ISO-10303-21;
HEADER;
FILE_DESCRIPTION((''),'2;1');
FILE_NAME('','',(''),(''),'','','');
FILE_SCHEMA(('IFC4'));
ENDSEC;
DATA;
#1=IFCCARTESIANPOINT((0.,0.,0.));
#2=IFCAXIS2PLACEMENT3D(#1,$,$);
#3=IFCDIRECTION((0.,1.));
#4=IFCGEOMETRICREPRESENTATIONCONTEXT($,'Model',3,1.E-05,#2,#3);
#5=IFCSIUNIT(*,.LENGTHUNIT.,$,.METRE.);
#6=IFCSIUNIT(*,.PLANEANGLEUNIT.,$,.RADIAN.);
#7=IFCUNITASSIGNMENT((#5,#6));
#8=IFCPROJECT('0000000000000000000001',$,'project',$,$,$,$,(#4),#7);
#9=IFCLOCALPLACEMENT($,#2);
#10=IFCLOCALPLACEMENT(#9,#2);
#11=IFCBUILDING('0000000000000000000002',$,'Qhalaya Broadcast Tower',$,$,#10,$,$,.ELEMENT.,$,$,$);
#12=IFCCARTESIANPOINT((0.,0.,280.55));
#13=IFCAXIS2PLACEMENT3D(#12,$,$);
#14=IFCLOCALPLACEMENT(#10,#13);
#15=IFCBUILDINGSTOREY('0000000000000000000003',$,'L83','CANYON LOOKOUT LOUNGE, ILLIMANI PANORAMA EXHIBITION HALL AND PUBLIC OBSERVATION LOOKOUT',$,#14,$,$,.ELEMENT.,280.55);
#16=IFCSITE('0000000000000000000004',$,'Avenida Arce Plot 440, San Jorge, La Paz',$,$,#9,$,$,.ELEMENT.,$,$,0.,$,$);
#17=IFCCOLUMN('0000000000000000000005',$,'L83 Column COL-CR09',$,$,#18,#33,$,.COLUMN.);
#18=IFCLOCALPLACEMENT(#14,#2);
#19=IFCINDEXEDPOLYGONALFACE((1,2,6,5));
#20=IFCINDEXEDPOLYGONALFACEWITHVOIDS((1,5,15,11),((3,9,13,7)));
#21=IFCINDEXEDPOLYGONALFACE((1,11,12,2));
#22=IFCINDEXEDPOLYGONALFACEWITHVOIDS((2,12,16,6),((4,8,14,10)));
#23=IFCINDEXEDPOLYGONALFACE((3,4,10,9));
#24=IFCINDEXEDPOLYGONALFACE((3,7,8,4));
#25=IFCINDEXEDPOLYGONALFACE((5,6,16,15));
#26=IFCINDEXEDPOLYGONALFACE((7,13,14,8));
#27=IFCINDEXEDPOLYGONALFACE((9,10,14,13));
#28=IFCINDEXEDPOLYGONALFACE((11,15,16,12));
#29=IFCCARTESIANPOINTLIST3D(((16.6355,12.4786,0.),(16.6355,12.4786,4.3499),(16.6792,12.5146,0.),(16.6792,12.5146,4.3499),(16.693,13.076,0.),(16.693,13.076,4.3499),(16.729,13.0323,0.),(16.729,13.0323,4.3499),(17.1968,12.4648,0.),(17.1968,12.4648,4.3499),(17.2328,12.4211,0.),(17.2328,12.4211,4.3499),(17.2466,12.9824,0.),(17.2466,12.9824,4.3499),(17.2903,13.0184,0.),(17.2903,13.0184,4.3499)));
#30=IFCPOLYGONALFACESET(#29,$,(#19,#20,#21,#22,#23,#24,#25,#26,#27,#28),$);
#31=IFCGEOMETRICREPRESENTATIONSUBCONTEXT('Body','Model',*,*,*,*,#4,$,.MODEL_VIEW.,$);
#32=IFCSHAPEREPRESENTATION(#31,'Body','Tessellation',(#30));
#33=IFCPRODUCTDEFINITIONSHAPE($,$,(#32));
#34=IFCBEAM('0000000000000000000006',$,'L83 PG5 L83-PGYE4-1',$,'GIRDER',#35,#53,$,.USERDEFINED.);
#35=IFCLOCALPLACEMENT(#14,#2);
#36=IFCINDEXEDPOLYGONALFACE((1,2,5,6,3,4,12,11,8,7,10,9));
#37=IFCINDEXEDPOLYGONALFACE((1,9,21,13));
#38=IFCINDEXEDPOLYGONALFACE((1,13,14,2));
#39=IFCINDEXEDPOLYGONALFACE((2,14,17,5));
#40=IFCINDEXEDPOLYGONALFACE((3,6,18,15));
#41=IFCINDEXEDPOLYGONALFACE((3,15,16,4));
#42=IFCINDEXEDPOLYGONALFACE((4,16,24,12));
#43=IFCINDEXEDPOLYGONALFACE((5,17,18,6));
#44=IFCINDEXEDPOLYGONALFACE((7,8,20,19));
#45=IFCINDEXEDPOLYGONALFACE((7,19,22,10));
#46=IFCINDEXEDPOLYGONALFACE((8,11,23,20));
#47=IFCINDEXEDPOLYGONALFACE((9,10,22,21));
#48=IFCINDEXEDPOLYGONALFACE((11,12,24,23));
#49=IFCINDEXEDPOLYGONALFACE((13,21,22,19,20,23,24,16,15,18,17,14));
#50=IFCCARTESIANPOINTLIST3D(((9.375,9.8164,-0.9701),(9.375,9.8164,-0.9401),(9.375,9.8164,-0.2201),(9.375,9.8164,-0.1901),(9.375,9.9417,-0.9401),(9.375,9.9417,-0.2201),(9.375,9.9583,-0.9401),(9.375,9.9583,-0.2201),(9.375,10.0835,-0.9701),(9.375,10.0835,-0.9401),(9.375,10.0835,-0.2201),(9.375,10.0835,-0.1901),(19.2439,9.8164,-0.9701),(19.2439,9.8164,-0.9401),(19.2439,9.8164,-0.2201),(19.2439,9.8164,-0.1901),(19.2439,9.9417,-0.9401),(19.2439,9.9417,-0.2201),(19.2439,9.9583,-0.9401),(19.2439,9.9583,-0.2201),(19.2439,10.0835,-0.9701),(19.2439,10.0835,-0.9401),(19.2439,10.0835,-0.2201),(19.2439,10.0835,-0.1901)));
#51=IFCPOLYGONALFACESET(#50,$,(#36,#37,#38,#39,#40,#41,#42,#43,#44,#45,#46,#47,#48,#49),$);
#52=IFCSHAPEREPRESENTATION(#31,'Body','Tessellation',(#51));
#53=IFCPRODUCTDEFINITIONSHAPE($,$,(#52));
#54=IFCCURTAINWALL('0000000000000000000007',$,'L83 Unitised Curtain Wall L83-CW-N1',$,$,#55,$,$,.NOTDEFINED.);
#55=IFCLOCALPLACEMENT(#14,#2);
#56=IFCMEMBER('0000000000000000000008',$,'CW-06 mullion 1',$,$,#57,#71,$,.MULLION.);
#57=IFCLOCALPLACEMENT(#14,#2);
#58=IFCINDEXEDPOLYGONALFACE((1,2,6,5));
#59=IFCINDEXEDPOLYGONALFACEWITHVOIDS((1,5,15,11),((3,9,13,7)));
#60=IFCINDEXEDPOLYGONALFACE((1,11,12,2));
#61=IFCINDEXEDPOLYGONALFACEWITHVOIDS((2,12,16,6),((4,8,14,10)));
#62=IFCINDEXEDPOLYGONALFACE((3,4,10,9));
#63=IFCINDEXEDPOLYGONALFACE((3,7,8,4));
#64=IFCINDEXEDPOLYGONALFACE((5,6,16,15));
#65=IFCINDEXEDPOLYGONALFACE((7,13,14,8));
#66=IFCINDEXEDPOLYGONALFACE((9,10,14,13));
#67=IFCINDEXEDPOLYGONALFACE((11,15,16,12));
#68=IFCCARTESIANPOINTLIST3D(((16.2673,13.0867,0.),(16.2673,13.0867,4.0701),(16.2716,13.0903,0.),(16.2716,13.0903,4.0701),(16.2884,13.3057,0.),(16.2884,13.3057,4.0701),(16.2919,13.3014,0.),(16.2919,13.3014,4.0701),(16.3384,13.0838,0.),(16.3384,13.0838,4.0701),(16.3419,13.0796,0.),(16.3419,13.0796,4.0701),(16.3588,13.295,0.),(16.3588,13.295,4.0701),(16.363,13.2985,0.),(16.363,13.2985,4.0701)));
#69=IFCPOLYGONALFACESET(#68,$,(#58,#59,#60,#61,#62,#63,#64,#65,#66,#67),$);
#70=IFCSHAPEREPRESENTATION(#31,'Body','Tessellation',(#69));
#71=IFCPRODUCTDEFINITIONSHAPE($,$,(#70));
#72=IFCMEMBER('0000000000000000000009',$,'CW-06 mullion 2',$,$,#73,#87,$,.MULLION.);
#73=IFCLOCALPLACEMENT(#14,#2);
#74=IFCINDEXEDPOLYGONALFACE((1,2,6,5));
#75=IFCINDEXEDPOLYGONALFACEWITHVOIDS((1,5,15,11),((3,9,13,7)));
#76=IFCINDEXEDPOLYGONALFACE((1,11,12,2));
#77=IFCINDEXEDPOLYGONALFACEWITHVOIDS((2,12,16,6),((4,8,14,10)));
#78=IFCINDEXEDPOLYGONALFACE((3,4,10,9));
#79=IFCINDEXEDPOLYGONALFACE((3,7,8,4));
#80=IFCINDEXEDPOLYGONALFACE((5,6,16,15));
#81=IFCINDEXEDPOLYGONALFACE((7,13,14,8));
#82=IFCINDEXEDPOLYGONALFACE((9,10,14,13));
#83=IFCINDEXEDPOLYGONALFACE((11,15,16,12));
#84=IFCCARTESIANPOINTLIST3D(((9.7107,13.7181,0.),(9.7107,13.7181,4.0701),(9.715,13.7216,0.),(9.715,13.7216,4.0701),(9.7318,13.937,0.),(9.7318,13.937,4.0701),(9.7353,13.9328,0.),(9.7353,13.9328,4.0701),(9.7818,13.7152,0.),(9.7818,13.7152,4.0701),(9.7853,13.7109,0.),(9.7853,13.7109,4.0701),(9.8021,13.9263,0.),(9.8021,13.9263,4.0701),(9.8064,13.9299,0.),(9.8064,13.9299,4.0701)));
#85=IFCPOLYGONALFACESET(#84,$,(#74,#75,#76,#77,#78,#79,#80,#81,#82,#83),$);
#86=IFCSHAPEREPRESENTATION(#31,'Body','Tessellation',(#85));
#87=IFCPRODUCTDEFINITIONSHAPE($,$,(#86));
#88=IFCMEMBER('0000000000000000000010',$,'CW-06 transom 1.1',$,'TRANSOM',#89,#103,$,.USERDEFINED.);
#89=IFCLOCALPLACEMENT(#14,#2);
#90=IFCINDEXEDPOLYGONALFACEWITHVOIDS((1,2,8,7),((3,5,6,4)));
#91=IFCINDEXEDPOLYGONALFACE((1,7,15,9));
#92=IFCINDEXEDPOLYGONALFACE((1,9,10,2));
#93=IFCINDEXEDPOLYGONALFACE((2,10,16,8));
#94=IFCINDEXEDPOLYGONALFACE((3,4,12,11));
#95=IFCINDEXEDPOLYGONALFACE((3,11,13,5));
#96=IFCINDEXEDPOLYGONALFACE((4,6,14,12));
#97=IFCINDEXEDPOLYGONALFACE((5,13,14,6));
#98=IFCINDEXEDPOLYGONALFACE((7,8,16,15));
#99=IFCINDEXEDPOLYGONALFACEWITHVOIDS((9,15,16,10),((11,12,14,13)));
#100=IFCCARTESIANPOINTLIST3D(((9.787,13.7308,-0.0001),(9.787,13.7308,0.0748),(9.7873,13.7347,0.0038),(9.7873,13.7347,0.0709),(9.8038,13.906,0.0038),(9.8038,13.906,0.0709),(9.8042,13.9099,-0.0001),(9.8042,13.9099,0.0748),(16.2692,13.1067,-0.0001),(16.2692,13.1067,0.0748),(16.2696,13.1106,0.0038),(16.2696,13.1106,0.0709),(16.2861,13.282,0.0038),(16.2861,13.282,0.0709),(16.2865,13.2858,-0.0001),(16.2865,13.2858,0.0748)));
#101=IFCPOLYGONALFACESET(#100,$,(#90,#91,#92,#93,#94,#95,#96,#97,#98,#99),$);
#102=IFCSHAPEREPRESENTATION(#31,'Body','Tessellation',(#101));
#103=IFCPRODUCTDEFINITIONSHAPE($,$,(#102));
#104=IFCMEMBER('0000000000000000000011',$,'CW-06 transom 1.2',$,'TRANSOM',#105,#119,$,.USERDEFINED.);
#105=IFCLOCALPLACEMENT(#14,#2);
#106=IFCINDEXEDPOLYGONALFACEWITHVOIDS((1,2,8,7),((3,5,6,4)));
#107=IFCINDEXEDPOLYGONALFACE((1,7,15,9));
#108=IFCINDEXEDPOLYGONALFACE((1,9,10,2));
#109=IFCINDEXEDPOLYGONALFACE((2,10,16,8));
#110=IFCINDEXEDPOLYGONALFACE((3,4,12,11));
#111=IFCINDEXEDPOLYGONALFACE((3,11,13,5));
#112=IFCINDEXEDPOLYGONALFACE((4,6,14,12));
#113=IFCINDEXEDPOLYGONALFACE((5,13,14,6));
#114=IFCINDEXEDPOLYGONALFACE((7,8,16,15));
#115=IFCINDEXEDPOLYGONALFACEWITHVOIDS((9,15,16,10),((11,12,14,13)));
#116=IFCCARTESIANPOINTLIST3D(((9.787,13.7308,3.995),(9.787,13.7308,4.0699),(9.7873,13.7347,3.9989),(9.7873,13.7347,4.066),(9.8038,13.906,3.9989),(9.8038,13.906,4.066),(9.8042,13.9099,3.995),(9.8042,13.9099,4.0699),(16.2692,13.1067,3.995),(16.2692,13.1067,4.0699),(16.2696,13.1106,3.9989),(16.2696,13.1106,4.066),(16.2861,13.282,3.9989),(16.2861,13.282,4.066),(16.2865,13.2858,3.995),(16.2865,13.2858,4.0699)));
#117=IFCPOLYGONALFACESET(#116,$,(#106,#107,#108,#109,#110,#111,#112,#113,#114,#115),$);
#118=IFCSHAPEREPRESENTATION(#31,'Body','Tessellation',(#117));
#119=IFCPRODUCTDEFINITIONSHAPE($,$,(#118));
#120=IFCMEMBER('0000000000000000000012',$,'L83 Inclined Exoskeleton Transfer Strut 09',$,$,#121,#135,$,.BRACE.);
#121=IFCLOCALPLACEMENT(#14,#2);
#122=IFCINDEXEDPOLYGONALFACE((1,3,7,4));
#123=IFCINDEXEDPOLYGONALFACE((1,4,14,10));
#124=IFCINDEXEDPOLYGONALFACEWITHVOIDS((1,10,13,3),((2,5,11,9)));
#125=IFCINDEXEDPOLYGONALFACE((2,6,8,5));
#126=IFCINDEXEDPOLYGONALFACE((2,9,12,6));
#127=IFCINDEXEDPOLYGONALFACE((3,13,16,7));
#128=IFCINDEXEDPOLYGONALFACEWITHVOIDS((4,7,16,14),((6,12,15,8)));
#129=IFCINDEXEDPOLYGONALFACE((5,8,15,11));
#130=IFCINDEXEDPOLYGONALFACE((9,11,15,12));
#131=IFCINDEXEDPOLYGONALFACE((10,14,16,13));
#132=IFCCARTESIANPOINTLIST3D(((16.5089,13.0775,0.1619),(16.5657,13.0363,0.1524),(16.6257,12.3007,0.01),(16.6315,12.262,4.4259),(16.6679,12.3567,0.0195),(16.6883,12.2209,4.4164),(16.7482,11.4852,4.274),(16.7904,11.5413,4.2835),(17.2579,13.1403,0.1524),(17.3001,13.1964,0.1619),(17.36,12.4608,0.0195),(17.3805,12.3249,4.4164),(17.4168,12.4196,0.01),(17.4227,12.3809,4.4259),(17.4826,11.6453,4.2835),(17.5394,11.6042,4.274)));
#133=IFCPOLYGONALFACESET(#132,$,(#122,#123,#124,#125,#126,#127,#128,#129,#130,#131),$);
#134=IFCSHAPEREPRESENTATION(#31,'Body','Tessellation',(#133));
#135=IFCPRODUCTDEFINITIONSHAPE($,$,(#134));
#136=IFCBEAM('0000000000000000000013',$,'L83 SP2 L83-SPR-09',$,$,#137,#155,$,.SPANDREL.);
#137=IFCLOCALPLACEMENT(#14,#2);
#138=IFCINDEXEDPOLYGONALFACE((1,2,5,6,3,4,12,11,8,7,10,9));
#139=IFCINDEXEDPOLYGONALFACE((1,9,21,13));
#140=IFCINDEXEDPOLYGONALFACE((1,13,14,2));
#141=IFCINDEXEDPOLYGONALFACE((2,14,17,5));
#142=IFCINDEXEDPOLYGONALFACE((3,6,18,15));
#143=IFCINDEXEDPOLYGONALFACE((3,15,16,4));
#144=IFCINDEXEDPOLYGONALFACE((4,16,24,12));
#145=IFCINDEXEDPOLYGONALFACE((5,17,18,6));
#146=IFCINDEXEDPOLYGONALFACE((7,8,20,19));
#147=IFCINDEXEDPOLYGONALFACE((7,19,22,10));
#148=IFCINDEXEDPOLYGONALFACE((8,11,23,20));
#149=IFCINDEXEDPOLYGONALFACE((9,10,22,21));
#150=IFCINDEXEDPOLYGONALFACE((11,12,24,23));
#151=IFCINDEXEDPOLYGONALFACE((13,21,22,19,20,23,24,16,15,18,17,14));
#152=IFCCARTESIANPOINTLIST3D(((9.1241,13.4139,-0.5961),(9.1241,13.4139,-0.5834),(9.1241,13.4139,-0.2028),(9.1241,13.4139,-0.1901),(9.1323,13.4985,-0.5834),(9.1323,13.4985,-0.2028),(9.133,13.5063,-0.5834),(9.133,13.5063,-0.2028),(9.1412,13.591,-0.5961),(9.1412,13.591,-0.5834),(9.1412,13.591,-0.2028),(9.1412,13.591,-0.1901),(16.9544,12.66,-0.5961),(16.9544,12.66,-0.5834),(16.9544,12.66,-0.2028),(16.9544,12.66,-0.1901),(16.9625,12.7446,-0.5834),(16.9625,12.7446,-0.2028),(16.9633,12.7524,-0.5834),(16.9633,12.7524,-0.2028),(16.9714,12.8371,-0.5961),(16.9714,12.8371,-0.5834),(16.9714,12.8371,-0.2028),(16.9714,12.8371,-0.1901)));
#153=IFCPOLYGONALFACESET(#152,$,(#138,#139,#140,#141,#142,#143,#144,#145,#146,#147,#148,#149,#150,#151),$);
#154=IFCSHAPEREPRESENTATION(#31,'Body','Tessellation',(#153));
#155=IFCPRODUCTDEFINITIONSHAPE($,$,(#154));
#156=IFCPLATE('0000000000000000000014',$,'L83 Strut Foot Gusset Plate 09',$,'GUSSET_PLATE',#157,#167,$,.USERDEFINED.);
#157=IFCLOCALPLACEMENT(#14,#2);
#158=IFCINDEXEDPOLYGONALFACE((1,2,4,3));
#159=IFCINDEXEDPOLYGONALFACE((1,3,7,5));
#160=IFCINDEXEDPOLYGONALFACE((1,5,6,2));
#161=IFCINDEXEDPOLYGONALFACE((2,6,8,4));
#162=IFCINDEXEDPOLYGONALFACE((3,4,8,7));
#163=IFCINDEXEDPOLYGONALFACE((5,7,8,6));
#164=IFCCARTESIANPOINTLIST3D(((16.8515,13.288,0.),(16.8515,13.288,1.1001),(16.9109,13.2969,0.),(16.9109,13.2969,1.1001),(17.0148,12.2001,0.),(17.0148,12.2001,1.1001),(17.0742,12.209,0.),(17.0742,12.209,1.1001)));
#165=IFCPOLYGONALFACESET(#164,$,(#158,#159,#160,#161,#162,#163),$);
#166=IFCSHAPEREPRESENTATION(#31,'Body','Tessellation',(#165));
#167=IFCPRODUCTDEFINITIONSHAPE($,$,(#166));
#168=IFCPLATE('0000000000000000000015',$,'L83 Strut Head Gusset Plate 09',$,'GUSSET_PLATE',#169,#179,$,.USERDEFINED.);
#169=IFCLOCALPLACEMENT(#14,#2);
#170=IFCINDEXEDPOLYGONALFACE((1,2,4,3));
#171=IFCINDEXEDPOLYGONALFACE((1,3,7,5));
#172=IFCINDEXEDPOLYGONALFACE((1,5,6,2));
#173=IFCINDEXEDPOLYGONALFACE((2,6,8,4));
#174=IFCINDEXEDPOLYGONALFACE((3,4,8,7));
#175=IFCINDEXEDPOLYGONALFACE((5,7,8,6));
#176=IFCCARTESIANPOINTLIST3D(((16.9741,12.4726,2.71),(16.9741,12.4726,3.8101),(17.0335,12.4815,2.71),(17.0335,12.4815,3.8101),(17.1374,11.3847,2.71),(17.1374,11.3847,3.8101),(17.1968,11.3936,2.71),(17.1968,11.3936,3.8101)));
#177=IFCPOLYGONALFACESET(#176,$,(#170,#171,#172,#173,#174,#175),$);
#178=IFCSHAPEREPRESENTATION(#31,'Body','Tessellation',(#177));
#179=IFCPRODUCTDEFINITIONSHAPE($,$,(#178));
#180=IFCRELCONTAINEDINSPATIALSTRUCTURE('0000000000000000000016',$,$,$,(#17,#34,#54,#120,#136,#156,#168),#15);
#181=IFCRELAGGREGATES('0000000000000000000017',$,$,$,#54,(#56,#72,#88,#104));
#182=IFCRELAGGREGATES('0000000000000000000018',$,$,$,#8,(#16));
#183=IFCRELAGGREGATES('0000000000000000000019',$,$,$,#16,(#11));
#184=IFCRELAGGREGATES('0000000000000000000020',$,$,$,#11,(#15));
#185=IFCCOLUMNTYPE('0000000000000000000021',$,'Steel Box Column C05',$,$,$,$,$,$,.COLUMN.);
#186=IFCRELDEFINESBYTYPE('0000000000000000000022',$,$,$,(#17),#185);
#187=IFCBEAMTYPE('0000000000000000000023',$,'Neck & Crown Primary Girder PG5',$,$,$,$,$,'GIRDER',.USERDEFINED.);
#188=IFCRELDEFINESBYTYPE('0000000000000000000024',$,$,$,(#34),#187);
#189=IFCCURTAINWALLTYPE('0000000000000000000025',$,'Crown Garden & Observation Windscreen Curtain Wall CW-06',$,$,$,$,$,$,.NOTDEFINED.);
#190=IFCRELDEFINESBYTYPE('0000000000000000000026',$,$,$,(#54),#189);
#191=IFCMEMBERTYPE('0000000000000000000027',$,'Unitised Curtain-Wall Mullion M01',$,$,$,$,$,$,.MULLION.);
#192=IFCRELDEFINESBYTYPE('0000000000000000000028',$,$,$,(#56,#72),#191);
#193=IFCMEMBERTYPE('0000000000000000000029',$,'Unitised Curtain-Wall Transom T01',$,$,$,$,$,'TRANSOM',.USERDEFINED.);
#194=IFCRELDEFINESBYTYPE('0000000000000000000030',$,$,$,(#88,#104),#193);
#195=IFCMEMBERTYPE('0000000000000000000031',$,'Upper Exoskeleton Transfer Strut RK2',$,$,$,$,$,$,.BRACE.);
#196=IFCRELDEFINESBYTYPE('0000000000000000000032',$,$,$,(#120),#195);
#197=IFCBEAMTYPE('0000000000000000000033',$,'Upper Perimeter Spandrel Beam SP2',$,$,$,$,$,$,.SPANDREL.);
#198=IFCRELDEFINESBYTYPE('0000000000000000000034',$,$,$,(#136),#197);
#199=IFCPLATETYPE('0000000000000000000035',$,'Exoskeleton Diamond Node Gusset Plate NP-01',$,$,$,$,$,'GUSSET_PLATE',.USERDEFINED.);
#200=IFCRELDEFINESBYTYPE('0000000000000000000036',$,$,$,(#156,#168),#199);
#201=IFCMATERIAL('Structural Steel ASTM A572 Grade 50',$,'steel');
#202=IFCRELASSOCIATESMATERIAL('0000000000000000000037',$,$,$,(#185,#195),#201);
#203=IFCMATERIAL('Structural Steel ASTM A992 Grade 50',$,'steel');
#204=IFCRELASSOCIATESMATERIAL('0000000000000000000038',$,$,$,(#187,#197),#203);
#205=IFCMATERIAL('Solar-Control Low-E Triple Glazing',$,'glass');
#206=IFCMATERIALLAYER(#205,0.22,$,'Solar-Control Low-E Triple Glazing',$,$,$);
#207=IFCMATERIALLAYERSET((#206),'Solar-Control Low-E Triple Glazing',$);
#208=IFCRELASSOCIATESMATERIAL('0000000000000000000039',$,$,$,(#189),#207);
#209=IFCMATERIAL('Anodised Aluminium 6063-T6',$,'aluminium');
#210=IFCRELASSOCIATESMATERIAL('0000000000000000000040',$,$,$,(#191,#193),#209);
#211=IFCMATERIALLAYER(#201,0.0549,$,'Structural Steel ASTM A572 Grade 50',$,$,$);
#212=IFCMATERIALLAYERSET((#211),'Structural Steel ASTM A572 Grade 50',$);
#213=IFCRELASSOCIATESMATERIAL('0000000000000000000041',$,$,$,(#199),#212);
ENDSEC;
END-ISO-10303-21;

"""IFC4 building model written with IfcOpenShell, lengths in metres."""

from ifc_helpers import new_model, si_unit, direction, frame, origin, origin_2d, place, context, subcontext, project, spatial, rectangle, hollow_rectangle, i_section, extrude, material, layer, layer_set, material_profile, profile_set, type_object, element, aggregate, save


model = new_model("IFC4")

# Units and contexts
model_context = context("Model", 3, precision=1e-05, world=origin(), true_north=direction((0.0, 1.0)))
body_context = subcontext(model_context, "Body", "Model", "MODEL_VIEW")
ifc_project = project(units=[si_unit("LENGTHUNIT", "METRE"), si_unit("PLANEANGLEUNIT", "RADIAN")], contexts=[model_context])

# Site, building, storey
site_placement = place(None, origin())
site = spatial("IfcSite", under=ifc_project, at=site_placement, Name="Avenida Arce Plot 440, San Jorge, La Paz", CompositionType="ELEMENT", RefElevation=0.0)
building_placement = place(site_placement, origin())
building = spatial("IfcBuilding", under=site, at=building_placement, Name="Qhalaya Broadcast Tower", CompositionType="ELEMENT")
storey_placement = place(building_placement, frame((0.0, 0.0, 280.55)))
storey = spatial("IfcBuildingStorey", under=building, at=storey_placement, Name="L83", Description="CANYON LOOKOUT LOUNGE, ILLIMANI PANORAMA EXHIBITION HALL AND PUBLIC OBSERVATION LOOKOUT", CompositionType="ELEMENT", Elevation=280.55)

# Column
ifc_material_1 = material(Name="Structural Steel ASTM A572 Grade 50", Category="steel")
ifc_material_profile_1 = material_profile(ifc_material_1, hollow_rectangle(XDim=0.6001, YDim=0.6001, WallThickness=0.04, at=origin_2d()), Name="BOX 600x600x40")
ifc_profile_set_1 = profile_set([ifc_material_profile_1], Name="Structural Steel ASTM A572 Grade 50")
column_type = type_object("IfcColumnType", Name="Steel Box Column C05", PredefinedType="COLUMN", material=ifc_profile_set_1)
column_placement = place(storey_placement, frame((16.9629, 12.7485, 0.0), z_axis=(0.0, 0.0, 1.0), x_axis=(0.995396, -0.095846, 0.0)))
element("IfcColumn", 1, at=column_placement, inside=storey, type_object=column_type, Name="L83 Column COL-CR09", PredefinedType="COLUMN", context=body_context, shape_type="SweptSolid", body=[
    extrude(hollow_rectangle(XDim=0.6001, YDim=0.6001, WallThickness=0.04, at=origin_2d()), origin(), (0.0, 0.0, 1.0), 4.3499),
])

# Beam
ifc_material_2 = material(Name="Structural Steel ASTM A992 Grade 50", Category="steel")
ifc_material_profile_2 = material_profile(ifc_material_2, i_section(OverallWidth=0.2671, OverallDepth=0.78, WebThickness=0.0166, FlangeThickness=0.03, at=origin_2d()), Name="W30X148")
ifc_profile_set_2 = profile_set([ifc_material_profile_2], Name="Structural Steel ASTM A992 Grade 50")
beam_type_1 = type_object("IfcBeamType", Name="Neck & Crown Primary Girder PG5", ElementType="GIRDER", PredefinedType="USERDEFINED", material=ifc_profile_set_2)
beam_1_placement = place(storey_placement, frame((9.375, 9.95, -0.5801), z_axis=(1.0, 0.0, 0.0), x_axis=(0.0, 1.0, 0.0)))
element("IfcBeam", 2, at=beam_1_placement, inside=storey, type_object=beam_type_1, Name="L83 PG5 L83-PGYE4-1", ObjectType="GIRDER", PredefinedType="USERDEFINED", context=body_context, shape_type="SweptSolid", body=[
    extrude(i_section(OverallWidth=0.2671, OverallDepth=0.78, WebThickness=0.0166, FlangeThickness=0.03, at=origin_2d()), origin(), (0.0, 0.0, 1.0), 9.8689),
])

# Curtain wall, members
ifc_material_3 = material(Name="Solar-Control Low-E Triple Glazing", Category="glass")
ifc_layer_1 = layer(ifc_material_3, 0.22, Name="Solar-Control Low-E Triple Glazing")
ifc_layer_set_1 = layer_set([ifc_layer_1], Name="Solar-Control Low-E Triple Glazing")
curtain_wall_type = type_object("IfcCurtainWallType", Name="Crown Garden & Observation Windscreen Curtain Wall CW-06", PredefinedType="NOTDEFINED", material=ifc_layer_set_1)
curtain_wall_placement = place(storey_placement, origin())
curtain_wall = element("IfcCurtainWall", 3, at=curtain_wall_placement, inside=storey, type_object=curtain_wall_type, Name="L83 Unitised Curtain Wall L83-CW-N1", PredefinedType="NOTDEFINED")
ifc_material_4 = material(Name="Anodised Aluminium 6063-T6", Category="aluminium")
ifc_material_profile_3 = material_profile(ifc_material_4, hollow_rectangle(XDim=0.075, YDim=0.22, WallThickness=0.0039, at=origin_2d()), Name="ALU-MUL 75x220x4")
ifc_profile_set_3 = profile_set([ifc_material_profile_3], Name="Anodised Aluminium 6063-T6")
member_type_1 = type_object("IfcMemberType", Name="Unitised Curtain-Wall Mullion M01", PredefinedType="MULLION", material=ifc_profile_set_3)
member_1_placement = place(storey_placement, frame((16.3152, 13.1926, 0.0), z_axis=(0.0, 0.0, 1.0), x_axis=(-0.995397, 0.095843, 0.0)))
member_1 = element("IfcMember", 4, at=member_1_placement, type_object=member_type_1, Name="CW-06 mullion 1", PredefinedType="MULLION", context=body_context, shape_type="SweptSolid", body=[
    extrude(hollow_rectangle(XDim=0.075, YDim=0.22, WallThickness=0.0039, at=origin_2d()), origin(), (0.0, 0.0, 1.0), 4.0701),
])
member_2_placement = place(storey_placement, frame((9.7585, 13.824, 0.0), z_axis=(0.0, 0.0, 1.0), x_axis=(-0.995397, 0.095843, 0.0)))
member_2 = element("IfcMember", 5, at=member_2_placement, type_object=member_type_1, Name="CW-06 mullion 2", PredefinedType="MULLION", context=body_context, shape_type="SweptSolid", body=[
    extrude(hollow_rectangle(XDim=0.075, YDim=0.22, WallThickness=0.0039, at=origin_2d()), origin(), (0.0, 0.0, 1.0), 4.0701),
])
ifc_material_profile_4 = material_profile(ifc_material_4, hollow_rectangle(XDim=0.075, YDim=0.1799, WallThickness=0.0039, at=origin_2d()), Name="ALU-TRN 75x180x4")
ifc_profile_set_4 = profile_set([ifc_material_profile_4], Name="Anodised Aluminium 6063-T6")
member_type_2 = type_object("IfcMemberType", Name="Unitised Curtain-Wall Transom T01", ElementType="TRANSOM", PredefinedType="USERDEFINED", material=ifc_profile_set_4)
member_3_placement = place(storey_placement, frame((16.2778, 13.1963, 0.0374), z_axis=(-0.995398, 0.095825, 0.0), x_axis=(0.0, 0.0, 1.0)))
member_3 = element("IfcMember", 6, at=member_3_placement, type_object=member_type_2, Name="CW-06 transom 1.1", ObjectType="TRANSOM", PredefinedType="USERDEFINED", context=body_context, shape_type="SweptSolid", body=[
    extrude(hollow_rectangle(XDim=0.075, YDim=0.1799, WallThickness=0.0039, at=origin_2d()), origin(), (0.0, 0.0, 1.0), 6.5122),
])
member_4_placement = place(storey_placement, frame((16.2778, 13.1963, 4.0325), z_axis=(-0.995398, 0.095825, 0.0), x_axis=(0.0, 0.0, 1.0)))
member_4 = element("IfcMember", 7, at=member_4_placement, type_object=member_type_2, Name="CW-06 transom 1.2", ObjectType="TRANSOM", PredefinedType="USERDEFINED", context=body_context, shape_type="SweptSolid", body=[
    extrude(hollow_rectangle(XDim=0.075, YDim=0.1799, WallThickness=0.0039, at=origin_2d()), origin(), (0.0, 0.0, 1.0), 6.5122),
])

# Member
ifc_material_profile_5 = material_profile(ifc_material_1, hollow_rectangle(XDim=0.8, YDim=0.8, WallThickness=0.05, at=origin_2d()), Name="BOX 800x800x50")
ifc_profile_set_5 = profile_set([ifc_material_profile_5], Name="Structural Steel ASTM A572 Grade 50")
member_type_3 = type_object("IfcMemberType", Name="Upper Exoskeleton Transfer Strut RK2", PredefinedType="BRACE", material=ifc_profile_set_5)
member_5_placement = place(storey_placement, frame((16.9629, 12.7485, 0.0859), z_axis=(0.02822, -0.187761, 0.981809), x_axis=(0.988893, 0.14863, 0.0)))
element("IfcMember", 8, at=member_5_placement, inside=storey, type_object=member_type_3, Name="L83 Inclined Exoskeleton Transfer Strut 09", PredefinedType="BRACE", context=body_context, shape_type="SweptSolid", body=[
    extrude(hollow_rectangle(XDim=0.8, YDim=0.8, WallThickness=0.05, at=origin_2d()), origin(), (0.0, 0.0, 1.0), 4.343),
])

# Beam
ifc_material_profile_6 = material_profile(ifc_material_2, i_section(OverallWidth=0.178, OverallDepth=0.406, WebThickness=0.0078, FlangeThickness=0.0127, at=origin_2d()), Name="W16X40")
ifc_profile_set_6 = profile_set([ifc_material_profile_6], Name="Structural Steel ASTM A992 Grade 50")
beam_type_2 = type_object("IfcBeamType", Name="Upper Perimeter Spandrel Beam SP2", PredefinedType="SPANDREL", material=ifc_profile_set_6)
beam_2_placement = place(storey_placement, frame((16.9629, 12.7485, -0.3931), z_axis=(-0.995397, 0.095837, 0.0), x_axis=(-0.095837, -0.995397, 0.0)))
element("IfcBeam", 9, at=beam_2_placement, inside=storey, type_object=beam_type_2, Name="L83 SP2 L83-SPR-09", PredefinedType="SPANDREL", context=body_context, shape_type="SweptSolid", body=[
    extrude(i_section(OverallWidth=0.178, OverallDepth=0.406, WebThickness=0.0078, FlangeThickness=0.0127, at=origin_2d()), origin(), (0.0, 0.0, 1.0), 7.8665),
])

# Plates
ifc_layer_2 = layer(ifc_material_1, 0.0549, Name="Structural Steel ASTM A572 Grade 50")
ifc_layer_set_2 = layer_set([ifc_layer_2], Name="Structural Steel ASTM A572 Grade 50")
plate_type_1 = type_object("IfcPlateType", Name="Exoskeleton Diamond Node Gusset Plate NP-01", ElementType="GUSSET_PLATE", PredefinedType="USERDEFINED", material=ifc_layer_set_2)
for number, where, z_axis, x_axis, name in (
    (10, (16.9629, 12.7485, 0.0), (0.0, 0.0, 1.0), (0.148431, -0.988923, 0.0), "L83 Strut Foot Gusset Plate 09"),
    (11, (17.0854, 11.9331, 2.71), (0.0, 0.0, 1.0), (0.148431, -0.988923, 0.0), "L83 Strut Head Gusset Plate 09"),
):
    element("IfcPlate", number, at=place(storey_placement, frame(where, z_axis=z_axis, x_axis=x_axis)), inside=storey, type_object=plate_type_1, Name=name, ObjectType="GUSSET_PLATE", PredefinedType="USERDEFINED", context=body_context, shape_type="SweptSolid", body=[
        extrude(rectangle(XDim=1.1001, YDim=0.0601, at=origin_2d()), origin(), (0.0, 0.0, 1.0), 1.1001),
    ])

aggregate(curtain_wall, [member_1, member_2, member_3, member_4])

save(model, "model.ifc")
